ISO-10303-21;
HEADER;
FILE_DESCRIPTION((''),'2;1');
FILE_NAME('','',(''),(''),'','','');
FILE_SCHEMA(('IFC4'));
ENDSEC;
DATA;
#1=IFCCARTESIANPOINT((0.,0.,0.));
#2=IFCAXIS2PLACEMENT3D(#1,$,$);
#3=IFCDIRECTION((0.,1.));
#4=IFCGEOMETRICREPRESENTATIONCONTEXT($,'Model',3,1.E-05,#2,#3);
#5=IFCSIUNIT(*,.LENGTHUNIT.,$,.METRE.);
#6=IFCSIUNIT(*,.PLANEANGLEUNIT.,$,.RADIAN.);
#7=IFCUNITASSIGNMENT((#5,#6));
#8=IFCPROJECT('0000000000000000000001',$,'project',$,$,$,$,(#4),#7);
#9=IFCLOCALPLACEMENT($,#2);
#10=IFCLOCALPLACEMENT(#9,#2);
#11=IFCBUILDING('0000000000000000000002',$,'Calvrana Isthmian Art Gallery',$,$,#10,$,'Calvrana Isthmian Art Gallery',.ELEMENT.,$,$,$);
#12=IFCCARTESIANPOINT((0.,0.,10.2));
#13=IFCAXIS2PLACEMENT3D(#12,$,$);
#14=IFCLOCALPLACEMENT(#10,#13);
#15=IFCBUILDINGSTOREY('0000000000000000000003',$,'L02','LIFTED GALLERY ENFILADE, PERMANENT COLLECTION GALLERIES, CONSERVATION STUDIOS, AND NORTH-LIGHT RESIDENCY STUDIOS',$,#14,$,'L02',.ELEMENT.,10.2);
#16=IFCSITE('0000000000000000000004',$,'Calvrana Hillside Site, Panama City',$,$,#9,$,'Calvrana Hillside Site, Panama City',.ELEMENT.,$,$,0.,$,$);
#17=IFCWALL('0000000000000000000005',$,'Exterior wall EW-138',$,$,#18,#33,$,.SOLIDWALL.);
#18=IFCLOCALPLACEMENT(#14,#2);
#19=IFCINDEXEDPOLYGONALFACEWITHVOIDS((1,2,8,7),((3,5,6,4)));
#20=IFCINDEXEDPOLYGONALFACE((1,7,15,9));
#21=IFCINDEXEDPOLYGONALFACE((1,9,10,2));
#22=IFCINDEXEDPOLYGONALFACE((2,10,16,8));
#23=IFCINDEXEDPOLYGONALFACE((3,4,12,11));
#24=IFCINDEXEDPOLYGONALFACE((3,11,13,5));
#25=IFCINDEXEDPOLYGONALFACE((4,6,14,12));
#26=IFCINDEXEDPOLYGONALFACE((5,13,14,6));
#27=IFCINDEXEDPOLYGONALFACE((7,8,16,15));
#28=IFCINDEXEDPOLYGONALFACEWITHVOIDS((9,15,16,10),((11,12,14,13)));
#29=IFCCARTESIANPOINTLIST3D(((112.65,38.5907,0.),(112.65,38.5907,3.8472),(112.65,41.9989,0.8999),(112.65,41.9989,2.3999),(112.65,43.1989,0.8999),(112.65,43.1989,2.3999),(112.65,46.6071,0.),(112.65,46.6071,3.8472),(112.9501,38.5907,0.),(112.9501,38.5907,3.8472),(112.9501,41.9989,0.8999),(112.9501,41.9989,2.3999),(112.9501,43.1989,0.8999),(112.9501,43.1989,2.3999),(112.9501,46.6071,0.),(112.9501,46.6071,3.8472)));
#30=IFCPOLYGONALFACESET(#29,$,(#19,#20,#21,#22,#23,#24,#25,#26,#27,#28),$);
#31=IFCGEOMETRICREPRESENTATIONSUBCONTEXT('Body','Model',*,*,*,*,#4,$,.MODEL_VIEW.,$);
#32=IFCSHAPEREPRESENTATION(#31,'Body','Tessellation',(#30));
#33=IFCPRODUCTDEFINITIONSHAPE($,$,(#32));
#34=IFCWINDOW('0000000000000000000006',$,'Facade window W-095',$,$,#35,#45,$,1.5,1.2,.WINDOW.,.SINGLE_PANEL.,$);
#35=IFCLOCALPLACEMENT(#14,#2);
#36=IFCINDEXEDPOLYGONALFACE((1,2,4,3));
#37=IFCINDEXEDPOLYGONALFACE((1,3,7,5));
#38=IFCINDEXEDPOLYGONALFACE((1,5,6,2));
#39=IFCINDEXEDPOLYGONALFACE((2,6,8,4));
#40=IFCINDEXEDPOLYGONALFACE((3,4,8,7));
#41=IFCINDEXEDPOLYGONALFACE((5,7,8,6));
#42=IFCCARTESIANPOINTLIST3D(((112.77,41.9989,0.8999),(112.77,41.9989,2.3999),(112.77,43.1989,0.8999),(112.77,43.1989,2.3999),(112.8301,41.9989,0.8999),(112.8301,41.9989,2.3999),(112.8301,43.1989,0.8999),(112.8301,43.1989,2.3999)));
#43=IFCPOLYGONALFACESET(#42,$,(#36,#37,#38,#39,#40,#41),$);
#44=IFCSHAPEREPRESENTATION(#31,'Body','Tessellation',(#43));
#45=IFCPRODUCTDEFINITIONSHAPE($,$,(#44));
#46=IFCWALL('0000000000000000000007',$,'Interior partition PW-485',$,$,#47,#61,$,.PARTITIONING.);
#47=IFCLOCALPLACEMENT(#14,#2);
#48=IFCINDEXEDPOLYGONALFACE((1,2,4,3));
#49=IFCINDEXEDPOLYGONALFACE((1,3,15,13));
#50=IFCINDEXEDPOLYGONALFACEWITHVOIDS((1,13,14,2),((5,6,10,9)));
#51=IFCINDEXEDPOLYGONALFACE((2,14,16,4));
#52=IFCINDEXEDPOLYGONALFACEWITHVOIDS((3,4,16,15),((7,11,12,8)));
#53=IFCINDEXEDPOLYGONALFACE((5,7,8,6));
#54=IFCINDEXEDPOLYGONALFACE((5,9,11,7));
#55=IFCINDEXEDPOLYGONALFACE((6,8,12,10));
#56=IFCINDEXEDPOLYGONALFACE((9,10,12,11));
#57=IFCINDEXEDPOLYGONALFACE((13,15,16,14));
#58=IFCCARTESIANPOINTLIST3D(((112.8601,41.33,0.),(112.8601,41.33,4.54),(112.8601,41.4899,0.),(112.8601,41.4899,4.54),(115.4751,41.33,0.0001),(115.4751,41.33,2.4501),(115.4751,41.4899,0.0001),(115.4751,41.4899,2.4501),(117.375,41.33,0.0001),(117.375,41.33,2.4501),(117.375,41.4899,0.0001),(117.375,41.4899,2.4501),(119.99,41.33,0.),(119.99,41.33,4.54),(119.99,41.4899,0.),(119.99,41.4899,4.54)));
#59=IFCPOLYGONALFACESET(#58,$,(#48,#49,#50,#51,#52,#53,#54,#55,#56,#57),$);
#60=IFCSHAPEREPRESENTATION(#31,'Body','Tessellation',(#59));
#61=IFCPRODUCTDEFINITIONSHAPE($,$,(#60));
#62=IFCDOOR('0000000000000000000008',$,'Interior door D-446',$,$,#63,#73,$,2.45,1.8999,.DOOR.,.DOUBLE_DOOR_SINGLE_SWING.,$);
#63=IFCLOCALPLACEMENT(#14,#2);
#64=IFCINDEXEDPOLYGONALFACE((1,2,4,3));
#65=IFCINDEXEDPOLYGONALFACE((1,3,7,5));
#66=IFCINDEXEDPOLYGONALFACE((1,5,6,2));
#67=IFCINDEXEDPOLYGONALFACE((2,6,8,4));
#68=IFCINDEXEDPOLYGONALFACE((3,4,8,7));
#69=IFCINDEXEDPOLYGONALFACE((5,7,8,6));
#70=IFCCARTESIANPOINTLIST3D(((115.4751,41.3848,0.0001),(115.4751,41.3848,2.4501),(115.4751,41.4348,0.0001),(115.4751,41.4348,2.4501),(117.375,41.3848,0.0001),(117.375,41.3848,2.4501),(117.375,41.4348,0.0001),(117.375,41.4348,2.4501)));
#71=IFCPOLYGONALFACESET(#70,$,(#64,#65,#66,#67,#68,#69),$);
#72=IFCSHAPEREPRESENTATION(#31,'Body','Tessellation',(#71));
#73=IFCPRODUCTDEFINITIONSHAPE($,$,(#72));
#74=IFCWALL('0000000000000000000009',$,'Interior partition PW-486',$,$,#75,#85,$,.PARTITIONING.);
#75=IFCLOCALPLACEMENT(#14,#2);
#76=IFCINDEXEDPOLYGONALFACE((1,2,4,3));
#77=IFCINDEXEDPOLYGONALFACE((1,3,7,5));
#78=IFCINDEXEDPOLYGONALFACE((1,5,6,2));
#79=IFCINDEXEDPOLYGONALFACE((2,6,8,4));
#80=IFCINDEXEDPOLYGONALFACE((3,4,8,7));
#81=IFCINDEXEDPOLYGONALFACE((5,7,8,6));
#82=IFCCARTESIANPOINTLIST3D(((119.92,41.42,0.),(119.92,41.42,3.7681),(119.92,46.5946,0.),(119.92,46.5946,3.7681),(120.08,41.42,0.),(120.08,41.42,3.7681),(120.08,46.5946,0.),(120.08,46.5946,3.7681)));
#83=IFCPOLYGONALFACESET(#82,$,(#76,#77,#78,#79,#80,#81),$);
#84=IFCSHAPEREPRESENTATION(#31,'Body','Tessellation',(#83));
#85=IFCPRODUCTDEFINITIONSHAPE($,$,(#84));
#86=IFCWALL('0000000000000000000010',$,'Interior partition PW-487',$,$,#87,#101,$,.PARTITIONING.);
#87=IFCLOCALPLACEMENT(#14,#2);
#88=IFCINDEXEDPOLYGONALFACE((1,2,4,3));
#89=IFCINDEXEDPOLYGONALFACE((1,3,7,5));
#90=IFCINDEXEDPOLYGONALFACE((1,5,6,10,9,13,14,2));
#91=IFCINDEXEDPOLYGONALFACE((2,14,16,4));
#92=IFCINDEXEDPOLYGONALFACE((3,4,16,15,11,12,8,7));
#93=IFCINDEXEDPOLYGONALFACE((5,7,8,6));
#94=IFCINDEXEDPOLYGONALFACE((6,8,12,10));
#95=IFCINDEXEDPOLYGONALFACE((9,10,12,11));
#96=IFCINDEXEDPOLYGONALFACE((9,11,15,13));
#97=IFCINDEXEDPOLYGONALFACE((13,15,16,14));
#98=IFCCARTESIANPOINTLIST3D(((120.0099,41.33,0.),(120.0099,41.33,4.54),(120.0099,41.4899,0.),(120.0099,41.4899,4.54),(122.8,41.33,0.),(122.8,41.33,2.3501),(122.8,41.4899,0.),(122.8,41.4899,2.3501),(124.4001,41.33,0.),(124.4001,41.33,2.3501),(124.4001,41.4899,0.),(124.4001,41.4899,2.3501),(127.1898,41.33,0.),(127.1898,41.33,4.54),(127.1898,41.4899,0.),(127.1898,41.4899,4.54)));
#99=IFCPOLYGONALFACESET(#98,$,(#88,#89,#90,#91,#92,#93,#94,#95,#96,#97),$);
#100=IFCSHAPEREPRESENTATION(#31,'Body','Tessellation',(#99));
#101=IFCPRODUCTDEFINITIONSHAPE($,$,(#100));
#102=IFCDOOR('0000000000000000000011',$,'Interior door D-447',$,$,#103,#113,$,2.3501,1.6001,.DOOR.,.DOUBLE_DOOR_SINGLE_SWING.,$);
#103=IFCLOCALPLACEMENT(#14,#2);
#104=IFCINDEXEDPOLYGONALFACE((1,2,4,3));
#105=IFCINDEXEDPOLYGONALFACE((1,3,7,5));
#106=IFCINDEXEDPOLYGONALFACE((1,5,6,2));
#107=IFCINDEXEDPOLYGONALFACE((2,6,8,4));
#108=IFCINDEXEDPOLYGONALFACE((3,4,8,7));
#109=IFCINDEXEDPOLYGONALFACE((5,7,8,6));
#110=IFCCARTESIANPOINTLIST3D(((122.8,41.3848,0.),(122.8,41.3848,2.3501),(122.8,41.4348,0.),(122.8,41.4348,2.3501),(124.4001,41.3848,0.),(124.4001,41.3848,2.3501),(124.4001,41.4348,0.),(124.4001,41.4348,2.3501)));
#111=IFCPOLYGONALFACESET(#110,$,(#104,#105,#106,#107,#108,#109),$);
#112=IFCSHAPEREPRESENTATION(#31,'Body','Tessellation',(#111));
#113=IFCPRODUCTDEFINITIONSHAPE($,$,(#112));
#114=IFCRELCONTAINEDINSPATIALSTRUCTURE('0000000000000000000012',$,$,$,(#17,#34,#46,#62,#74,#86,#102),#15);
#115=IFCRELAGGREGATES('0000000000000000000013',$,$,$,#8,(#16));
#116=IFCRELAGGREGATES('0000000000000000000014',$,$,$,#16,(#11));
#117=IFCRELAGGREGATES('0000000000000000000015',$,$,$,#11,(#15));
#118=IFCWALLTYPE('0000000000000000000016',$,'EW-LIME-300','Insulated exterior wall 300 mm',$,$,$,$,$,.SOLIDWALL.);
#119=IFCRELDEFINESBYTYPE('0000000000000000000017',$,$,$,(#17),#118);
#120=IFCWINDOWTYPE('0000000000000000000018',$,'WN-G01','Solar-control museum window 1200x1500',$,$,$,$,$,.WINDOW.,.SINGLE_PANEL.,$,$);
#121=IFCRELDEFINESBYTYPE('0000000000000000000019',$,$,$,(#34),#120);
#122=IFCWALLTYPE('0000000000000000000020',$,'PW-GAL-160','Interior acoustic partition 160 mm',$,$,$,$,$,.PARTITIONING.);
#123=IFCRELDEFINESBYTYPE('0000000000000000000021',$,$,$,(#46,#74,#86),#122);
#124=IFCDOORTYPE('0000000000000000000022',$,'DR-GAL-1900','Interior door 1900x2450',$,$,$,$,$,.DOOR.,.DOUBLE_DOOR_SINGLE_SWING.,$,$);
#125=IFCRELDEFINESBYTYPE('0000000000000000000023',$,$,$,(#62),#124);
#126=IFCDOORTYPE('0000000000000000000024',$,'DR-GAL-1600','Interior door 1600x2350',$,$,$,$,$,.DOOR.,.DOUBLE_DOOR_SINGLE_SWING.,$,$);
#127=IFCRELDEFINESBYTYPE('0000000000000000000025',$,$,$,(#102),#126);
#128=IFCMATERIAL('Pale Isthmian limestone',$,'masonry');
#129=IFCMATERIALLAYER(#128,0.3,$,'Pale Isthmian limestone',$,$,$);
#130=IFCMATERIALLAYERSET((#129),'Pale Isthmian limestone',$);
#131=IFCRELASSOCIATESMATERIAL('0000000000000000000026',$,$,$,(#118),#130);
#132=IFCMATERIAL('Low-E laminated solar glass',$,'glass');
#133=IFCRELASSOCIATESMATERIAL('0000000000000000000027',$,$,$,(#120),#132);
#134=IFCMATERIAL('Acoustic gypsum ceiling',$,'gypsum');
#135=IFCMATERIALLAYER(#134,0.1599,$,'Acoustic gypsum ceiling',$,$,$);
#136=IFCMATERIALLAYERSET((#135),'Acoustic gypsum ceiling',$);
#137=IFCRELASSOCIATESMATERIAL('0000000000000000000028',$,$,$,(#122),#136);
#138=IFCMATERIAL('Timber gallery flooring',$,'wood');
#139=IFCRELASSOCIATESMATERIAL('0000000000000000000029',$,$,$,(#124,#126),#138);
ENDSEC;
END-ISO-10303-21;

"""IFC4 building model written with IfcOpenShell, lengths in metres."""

from ifc_helpers import new_model, si_unit, direction, frame, frame_2d, origin, place, context, subcontext, project, spatial, rectangle, extrude, material, layer, layer_set, type_object, element, fill, save


model = new_model("IFC4")

# Units and contexts
model_context = context("Model", 3, precision=1e-05, world=origin(), true_north=direction((0.0, 1.0)))
body_context = subcontext(model_context, "Body", "Model", "MODEL_VIEW")
ifc_project = project(units=[si_unit("LENGTHUNIT", "METRE"), si_unit("PLANEANGLEUNIT", "RADIAN")], contexts=[model_context])

# Site, building, storey
site_placement = place(None, origin())
site = spatial("IfcSite", under=ifc_project, at=site_placement, Name="Calvrana Hillside Site, Panama City", LongName="Calvrana Hillside Site, Panama City", CompositionType="ELEMENT", RefElevation=0.0)
building_placement = place(site_placement, origin())
building = spatial("IfcBuilding", under=site, at=building_placement, Name="Calvrana Isthmian Art Gallery", LongName="Calvrana Isthmian Art Gallery", CompositionType="ELEMENT")
storey_placement = place(building_placement, frame((0.0, 0.0, 10.2)))
storey = spatial("IfcBuildingStorey", under=building, at=storey_placement, Name="L02", Description="LIFTED GALLERY ENFILADE, PERMANENT COLLECTION GALLERIES, CONSERVATION STUDIOS, AND NORTH-LIGHT RESIDENCY STUDIOS", LongName="L02", CompositionType="ELEMENT", Elevation=10.2)

# Shared definitions
ifc_material_1 = material(Name="Low-E laminated solar glass", Category="glass")

# Wall, opening, window
ifc_material_2 = material(Name="Pale Isthmian limestone", Category="masonry")
ifc_layer_1 = layer(ifc_material_2, 0.3, Name="Pale Isthmian limestone")
ifc_layer_set_1 = layer_set([ifc_layer_1], Name="Pale Isthmian limestone")
wall_type_1 = type_object("IfcWallType", Name="EW-LIME-300", Description="Insulated exterior wall 300 mm", PredefinedType="SOLIDWALL", material=ifc_layer_set_1)
wall_1_placement = place(storey_placement, frame((112.8, 38.5906, 0.0), z_axis=(0.0, 0.0, 1.0), x_axis=(0.0, 1.0, 0.0)))
wall_1 = element("IfcWall", 1, at=wall_1_placement, inside=storey, type_object=wall_type_1, Name="Exterior wall EW-138", PredefinedType="SOLIDWALL", context=body_context, shape_type="SweptSolid", body=[
    extrude(rectangle(XDim=8.0164, YDim=0.3, at=frame_2d((4.0083, 0.0))), origin(), (0.0, 0.0, 1.0), 3.8472),
])
opening_1_placement = place(wall_1_placement, frame((3.4082, 0.0, 0.8999)))
opening_1 = element("IfcOpeningElement", 2, at=opening_1_placement, cuts=wall_1, PredefinedType="OPENING", context=body_context, shape_type="SweptSolid", body=[
    extrude(rectangle(XDim=1.2, YDim=1.5, at=frame_2d((0.6001, 0.75))), frame((0.0, 0.1602, 0.0), z_axis=(0.0, -1.0, 0.0), x_axis=(1.0, 0.0, 0.0)), (0.0, 0.0, 1.0), 0.3206),
])
window_type = type_object("IfcWindowType", Name="WN-G01", Description="Solar-control museum window 1200x1500", PartitioningType="SINGLE_PANEL", PredefinedType="WINDOW", material=ifc_material_1)
window_placement = place(opening_1_placement, origin())
window = element("IfcWindow", 3, at=window_placement, inside=storey, type_object=window_type, Name="Facade window W-095", OverallHeight=1.5, OverallWidth=1.2, PartitioningType="SINGLE_PANEL", PredefinedType="WINDOW", context=body_context, shape_type="SweptSolid", body=[
    extrude(rectangle(XDim=1.2, YDim=1.5, at=frame_2d((0.6001, 0.75))), frame((0.0, 0.03, 0.0), z_axis=(0.0, -1.0, 0.0), x_axis=(1.0, 0.0, 0.0)), (0.0, 0.0, 1.0), 0.0601),
])
fill(opening_1, window)

# Wall, opening, door
ifc_material_3 = material(Name="Acoustic gypsum ceiling", Category="gypsum")
ifc_layer_2 = layer(ifc_material_3, 0.1599, Name="Acoustic gypsum ceiling")
ifc_layer_set_2 = layer_set([ifc_layer_2], Name="Acoustic gypsum ceiling")
wall_type_2 = type_object("IfcWallType", Name="PW-GAL-160", Description="Interior acoustic partition 160 mm", PredefinedType="PARTITIONING", material=ifc_layer_set_2)
wall_2_placement = place(storey_placement, frame((112.8601, 41.4099, 0.0), z_axis=(0.0, 0.0, 1.0), x_axis=(1.0, 0.0, 0.0)))
wall_2 = element("IfcWall", 4, at=wall_2_placement, inside=storey, type_object=wall_type_2, Name="Interior partition PW-485", PredefinedType="PARTITIONING", context=body_context, shape_type="SweptSolid", body=[
    extrude(rectangle(XDim=7.1299, YDim=0.1599, at=frame_2d((3.5649, 0.0))), origin(), (0.0, 0.0, 1.0), 4.54),
])
opening_2_placement = place(wall_2_placement, frame((2.615, 0.0, 0.0)))
opening_2 = element("IfcOpeningElement", 5, at=opening_2_placement, cuts=wall_2, PredefinedType="OPENING", context=body_context, shape_type="SweptSolid", body=[
    extrude(rectangle(XDim=1.8999, YDim=2.45, at=frame_2d((0.95, 1.2251))), frame((0.0, 0.0903, 0.0), z_axis=(0.0, -1.0, 0.0), x_axis=(1.0, 0.0, 0.0)), (0.0, 0.0, 1.0), 0.1804),
])
ifc_material_4 = material(Name="Timber gallery flooring", Category="wood")
door_type_1 = type_object("IfcDoorType", Name="DR-GAL-1900", Description="Interior door 1900x2450", OperationType="DOUBLE_DOOR_SINGLE_SWING", PredefinedType="DOOR", material=ifc_material_4)
door_1_placement = place(opening_2_placement, origin())
door_1 = element("IfcDoor", 6, at=door_1_placement, inside=storey, type_object=door_type_1, Name="Interior door D-446", OperationType="DOUBLE_DOOR_SINGLE_SWING", OverallHeight=2.45, OverallWidth=1.8999, PredefinedType="DOOR", context=body_context, shape_type="SweptSolid", body=[
    extrude(rectangle(XDim=1.8999, YDim=2.45, at=frame_2d((0.95, 1.2251))), frame((0.0, 0.0249, 0.0), z_axis=(0.0, -1.0, 0.0), x_axis=(1.0, 0.0, 0.0)), (0.0, 0.0, 1.0), 0.05),
])
fill(opening_2, door_1)

# Wall
wall_3_placement = place(storey_placement, frame((120.0, 41.4199, 0.0), z_axis=(0.0, 0.0, 1.0), x_axis=(0.0, 1.0, 0.0)))
element("IfcWall", 7, at=wall_3_placement, inside=storey, type_object=wall_type_2, Name="Interior partition PW-486", PredefinedType="PARTITIONING", context=body_context, shape_type="SweptSolid", body=[
    extrude(rectangle(XDim=5.1746, YDim=0.1599, at=frame_2d((2.5874, 0.0))), origin(), (0.0, 0.0, 1.0), 3.7681),
])

# Wall, opening, door
wall_4_placement = place(storey_placement, frame((120.01, 41.4099, 0.0), z_axis=(0.0, 0.0, 1.0), x_axis=(1.0, 0.0, 0.0)))
wall_4 = element("IfcWall", 8, at=wall_4_placement, inside=storey, type_object=wall_type_2, Name="Interior partition PW-487", PredefinedType="PARTITIONING", context=body_context, shape_type="SweptSolid", body=[
    extrude(rectangle(XDim=7.1799, YDim=0.1599, at=frame_2d((3.5898, 0.0))), origin(), (0.0, 0.0, 1.0), 4.54),
])
opening_3_placement = place(wall_4_placement, frame((2.79, 0.0, 0.0)))
opening_3 = element("IfcOpeningElement", 9, at=opening_3_placement, cuts=wall_4, PredefinedType="OPENING", context=body_context, shape_type="SweptSolid", body=[
    extrude(rectangle(XDim=1.6001, YDim=2.3501, at=frame_2d((0.8, 1.175))), frame((0.0, 0.0903, 0.0), z_axis=(0.0, -1.0, 0.0), x_axis=(1.0, 0.0, 0.0)), (0.0, 0.0, 1.0), 0.1804),
])
door_type_2 = type_object("IfcDoorType", Name="DR-GAL-1600", Description="Interior door 1600x2350", OperationType="DOUBLE_DOOR_SINGLE_SWING", PredefinedType="DOOR", material=ifc_material_4)
door_2_placement = place(opening_3_placement, origin())
door_2 = element("IfcDoor", 10, at=door_2_placement, inside=storey, type_object=door_type_2, Name="Interior door D-447", OperationType="DOUBLE_DOOR_SINGLE_SWING", OverallHeight=2.3501, OverallWidth=1.6001, PredefinedType="DOOR", context=body_context, shape_type="SweptSolid", body=[
    extrude(rectangle(XDim=1.6001, YDim=2.3501, at=frame_2d((0.8, 1.175))), frame((0.0, 0.0249, 0.0), z_axis=(0.0, -1.0, 0.0), x_axis=(1.0, 0.0, 0.0)), (0.0, 0.0, 1.0), 0.05),
])
fill(opening_3, door_2)

save(model, "model.ifc")
